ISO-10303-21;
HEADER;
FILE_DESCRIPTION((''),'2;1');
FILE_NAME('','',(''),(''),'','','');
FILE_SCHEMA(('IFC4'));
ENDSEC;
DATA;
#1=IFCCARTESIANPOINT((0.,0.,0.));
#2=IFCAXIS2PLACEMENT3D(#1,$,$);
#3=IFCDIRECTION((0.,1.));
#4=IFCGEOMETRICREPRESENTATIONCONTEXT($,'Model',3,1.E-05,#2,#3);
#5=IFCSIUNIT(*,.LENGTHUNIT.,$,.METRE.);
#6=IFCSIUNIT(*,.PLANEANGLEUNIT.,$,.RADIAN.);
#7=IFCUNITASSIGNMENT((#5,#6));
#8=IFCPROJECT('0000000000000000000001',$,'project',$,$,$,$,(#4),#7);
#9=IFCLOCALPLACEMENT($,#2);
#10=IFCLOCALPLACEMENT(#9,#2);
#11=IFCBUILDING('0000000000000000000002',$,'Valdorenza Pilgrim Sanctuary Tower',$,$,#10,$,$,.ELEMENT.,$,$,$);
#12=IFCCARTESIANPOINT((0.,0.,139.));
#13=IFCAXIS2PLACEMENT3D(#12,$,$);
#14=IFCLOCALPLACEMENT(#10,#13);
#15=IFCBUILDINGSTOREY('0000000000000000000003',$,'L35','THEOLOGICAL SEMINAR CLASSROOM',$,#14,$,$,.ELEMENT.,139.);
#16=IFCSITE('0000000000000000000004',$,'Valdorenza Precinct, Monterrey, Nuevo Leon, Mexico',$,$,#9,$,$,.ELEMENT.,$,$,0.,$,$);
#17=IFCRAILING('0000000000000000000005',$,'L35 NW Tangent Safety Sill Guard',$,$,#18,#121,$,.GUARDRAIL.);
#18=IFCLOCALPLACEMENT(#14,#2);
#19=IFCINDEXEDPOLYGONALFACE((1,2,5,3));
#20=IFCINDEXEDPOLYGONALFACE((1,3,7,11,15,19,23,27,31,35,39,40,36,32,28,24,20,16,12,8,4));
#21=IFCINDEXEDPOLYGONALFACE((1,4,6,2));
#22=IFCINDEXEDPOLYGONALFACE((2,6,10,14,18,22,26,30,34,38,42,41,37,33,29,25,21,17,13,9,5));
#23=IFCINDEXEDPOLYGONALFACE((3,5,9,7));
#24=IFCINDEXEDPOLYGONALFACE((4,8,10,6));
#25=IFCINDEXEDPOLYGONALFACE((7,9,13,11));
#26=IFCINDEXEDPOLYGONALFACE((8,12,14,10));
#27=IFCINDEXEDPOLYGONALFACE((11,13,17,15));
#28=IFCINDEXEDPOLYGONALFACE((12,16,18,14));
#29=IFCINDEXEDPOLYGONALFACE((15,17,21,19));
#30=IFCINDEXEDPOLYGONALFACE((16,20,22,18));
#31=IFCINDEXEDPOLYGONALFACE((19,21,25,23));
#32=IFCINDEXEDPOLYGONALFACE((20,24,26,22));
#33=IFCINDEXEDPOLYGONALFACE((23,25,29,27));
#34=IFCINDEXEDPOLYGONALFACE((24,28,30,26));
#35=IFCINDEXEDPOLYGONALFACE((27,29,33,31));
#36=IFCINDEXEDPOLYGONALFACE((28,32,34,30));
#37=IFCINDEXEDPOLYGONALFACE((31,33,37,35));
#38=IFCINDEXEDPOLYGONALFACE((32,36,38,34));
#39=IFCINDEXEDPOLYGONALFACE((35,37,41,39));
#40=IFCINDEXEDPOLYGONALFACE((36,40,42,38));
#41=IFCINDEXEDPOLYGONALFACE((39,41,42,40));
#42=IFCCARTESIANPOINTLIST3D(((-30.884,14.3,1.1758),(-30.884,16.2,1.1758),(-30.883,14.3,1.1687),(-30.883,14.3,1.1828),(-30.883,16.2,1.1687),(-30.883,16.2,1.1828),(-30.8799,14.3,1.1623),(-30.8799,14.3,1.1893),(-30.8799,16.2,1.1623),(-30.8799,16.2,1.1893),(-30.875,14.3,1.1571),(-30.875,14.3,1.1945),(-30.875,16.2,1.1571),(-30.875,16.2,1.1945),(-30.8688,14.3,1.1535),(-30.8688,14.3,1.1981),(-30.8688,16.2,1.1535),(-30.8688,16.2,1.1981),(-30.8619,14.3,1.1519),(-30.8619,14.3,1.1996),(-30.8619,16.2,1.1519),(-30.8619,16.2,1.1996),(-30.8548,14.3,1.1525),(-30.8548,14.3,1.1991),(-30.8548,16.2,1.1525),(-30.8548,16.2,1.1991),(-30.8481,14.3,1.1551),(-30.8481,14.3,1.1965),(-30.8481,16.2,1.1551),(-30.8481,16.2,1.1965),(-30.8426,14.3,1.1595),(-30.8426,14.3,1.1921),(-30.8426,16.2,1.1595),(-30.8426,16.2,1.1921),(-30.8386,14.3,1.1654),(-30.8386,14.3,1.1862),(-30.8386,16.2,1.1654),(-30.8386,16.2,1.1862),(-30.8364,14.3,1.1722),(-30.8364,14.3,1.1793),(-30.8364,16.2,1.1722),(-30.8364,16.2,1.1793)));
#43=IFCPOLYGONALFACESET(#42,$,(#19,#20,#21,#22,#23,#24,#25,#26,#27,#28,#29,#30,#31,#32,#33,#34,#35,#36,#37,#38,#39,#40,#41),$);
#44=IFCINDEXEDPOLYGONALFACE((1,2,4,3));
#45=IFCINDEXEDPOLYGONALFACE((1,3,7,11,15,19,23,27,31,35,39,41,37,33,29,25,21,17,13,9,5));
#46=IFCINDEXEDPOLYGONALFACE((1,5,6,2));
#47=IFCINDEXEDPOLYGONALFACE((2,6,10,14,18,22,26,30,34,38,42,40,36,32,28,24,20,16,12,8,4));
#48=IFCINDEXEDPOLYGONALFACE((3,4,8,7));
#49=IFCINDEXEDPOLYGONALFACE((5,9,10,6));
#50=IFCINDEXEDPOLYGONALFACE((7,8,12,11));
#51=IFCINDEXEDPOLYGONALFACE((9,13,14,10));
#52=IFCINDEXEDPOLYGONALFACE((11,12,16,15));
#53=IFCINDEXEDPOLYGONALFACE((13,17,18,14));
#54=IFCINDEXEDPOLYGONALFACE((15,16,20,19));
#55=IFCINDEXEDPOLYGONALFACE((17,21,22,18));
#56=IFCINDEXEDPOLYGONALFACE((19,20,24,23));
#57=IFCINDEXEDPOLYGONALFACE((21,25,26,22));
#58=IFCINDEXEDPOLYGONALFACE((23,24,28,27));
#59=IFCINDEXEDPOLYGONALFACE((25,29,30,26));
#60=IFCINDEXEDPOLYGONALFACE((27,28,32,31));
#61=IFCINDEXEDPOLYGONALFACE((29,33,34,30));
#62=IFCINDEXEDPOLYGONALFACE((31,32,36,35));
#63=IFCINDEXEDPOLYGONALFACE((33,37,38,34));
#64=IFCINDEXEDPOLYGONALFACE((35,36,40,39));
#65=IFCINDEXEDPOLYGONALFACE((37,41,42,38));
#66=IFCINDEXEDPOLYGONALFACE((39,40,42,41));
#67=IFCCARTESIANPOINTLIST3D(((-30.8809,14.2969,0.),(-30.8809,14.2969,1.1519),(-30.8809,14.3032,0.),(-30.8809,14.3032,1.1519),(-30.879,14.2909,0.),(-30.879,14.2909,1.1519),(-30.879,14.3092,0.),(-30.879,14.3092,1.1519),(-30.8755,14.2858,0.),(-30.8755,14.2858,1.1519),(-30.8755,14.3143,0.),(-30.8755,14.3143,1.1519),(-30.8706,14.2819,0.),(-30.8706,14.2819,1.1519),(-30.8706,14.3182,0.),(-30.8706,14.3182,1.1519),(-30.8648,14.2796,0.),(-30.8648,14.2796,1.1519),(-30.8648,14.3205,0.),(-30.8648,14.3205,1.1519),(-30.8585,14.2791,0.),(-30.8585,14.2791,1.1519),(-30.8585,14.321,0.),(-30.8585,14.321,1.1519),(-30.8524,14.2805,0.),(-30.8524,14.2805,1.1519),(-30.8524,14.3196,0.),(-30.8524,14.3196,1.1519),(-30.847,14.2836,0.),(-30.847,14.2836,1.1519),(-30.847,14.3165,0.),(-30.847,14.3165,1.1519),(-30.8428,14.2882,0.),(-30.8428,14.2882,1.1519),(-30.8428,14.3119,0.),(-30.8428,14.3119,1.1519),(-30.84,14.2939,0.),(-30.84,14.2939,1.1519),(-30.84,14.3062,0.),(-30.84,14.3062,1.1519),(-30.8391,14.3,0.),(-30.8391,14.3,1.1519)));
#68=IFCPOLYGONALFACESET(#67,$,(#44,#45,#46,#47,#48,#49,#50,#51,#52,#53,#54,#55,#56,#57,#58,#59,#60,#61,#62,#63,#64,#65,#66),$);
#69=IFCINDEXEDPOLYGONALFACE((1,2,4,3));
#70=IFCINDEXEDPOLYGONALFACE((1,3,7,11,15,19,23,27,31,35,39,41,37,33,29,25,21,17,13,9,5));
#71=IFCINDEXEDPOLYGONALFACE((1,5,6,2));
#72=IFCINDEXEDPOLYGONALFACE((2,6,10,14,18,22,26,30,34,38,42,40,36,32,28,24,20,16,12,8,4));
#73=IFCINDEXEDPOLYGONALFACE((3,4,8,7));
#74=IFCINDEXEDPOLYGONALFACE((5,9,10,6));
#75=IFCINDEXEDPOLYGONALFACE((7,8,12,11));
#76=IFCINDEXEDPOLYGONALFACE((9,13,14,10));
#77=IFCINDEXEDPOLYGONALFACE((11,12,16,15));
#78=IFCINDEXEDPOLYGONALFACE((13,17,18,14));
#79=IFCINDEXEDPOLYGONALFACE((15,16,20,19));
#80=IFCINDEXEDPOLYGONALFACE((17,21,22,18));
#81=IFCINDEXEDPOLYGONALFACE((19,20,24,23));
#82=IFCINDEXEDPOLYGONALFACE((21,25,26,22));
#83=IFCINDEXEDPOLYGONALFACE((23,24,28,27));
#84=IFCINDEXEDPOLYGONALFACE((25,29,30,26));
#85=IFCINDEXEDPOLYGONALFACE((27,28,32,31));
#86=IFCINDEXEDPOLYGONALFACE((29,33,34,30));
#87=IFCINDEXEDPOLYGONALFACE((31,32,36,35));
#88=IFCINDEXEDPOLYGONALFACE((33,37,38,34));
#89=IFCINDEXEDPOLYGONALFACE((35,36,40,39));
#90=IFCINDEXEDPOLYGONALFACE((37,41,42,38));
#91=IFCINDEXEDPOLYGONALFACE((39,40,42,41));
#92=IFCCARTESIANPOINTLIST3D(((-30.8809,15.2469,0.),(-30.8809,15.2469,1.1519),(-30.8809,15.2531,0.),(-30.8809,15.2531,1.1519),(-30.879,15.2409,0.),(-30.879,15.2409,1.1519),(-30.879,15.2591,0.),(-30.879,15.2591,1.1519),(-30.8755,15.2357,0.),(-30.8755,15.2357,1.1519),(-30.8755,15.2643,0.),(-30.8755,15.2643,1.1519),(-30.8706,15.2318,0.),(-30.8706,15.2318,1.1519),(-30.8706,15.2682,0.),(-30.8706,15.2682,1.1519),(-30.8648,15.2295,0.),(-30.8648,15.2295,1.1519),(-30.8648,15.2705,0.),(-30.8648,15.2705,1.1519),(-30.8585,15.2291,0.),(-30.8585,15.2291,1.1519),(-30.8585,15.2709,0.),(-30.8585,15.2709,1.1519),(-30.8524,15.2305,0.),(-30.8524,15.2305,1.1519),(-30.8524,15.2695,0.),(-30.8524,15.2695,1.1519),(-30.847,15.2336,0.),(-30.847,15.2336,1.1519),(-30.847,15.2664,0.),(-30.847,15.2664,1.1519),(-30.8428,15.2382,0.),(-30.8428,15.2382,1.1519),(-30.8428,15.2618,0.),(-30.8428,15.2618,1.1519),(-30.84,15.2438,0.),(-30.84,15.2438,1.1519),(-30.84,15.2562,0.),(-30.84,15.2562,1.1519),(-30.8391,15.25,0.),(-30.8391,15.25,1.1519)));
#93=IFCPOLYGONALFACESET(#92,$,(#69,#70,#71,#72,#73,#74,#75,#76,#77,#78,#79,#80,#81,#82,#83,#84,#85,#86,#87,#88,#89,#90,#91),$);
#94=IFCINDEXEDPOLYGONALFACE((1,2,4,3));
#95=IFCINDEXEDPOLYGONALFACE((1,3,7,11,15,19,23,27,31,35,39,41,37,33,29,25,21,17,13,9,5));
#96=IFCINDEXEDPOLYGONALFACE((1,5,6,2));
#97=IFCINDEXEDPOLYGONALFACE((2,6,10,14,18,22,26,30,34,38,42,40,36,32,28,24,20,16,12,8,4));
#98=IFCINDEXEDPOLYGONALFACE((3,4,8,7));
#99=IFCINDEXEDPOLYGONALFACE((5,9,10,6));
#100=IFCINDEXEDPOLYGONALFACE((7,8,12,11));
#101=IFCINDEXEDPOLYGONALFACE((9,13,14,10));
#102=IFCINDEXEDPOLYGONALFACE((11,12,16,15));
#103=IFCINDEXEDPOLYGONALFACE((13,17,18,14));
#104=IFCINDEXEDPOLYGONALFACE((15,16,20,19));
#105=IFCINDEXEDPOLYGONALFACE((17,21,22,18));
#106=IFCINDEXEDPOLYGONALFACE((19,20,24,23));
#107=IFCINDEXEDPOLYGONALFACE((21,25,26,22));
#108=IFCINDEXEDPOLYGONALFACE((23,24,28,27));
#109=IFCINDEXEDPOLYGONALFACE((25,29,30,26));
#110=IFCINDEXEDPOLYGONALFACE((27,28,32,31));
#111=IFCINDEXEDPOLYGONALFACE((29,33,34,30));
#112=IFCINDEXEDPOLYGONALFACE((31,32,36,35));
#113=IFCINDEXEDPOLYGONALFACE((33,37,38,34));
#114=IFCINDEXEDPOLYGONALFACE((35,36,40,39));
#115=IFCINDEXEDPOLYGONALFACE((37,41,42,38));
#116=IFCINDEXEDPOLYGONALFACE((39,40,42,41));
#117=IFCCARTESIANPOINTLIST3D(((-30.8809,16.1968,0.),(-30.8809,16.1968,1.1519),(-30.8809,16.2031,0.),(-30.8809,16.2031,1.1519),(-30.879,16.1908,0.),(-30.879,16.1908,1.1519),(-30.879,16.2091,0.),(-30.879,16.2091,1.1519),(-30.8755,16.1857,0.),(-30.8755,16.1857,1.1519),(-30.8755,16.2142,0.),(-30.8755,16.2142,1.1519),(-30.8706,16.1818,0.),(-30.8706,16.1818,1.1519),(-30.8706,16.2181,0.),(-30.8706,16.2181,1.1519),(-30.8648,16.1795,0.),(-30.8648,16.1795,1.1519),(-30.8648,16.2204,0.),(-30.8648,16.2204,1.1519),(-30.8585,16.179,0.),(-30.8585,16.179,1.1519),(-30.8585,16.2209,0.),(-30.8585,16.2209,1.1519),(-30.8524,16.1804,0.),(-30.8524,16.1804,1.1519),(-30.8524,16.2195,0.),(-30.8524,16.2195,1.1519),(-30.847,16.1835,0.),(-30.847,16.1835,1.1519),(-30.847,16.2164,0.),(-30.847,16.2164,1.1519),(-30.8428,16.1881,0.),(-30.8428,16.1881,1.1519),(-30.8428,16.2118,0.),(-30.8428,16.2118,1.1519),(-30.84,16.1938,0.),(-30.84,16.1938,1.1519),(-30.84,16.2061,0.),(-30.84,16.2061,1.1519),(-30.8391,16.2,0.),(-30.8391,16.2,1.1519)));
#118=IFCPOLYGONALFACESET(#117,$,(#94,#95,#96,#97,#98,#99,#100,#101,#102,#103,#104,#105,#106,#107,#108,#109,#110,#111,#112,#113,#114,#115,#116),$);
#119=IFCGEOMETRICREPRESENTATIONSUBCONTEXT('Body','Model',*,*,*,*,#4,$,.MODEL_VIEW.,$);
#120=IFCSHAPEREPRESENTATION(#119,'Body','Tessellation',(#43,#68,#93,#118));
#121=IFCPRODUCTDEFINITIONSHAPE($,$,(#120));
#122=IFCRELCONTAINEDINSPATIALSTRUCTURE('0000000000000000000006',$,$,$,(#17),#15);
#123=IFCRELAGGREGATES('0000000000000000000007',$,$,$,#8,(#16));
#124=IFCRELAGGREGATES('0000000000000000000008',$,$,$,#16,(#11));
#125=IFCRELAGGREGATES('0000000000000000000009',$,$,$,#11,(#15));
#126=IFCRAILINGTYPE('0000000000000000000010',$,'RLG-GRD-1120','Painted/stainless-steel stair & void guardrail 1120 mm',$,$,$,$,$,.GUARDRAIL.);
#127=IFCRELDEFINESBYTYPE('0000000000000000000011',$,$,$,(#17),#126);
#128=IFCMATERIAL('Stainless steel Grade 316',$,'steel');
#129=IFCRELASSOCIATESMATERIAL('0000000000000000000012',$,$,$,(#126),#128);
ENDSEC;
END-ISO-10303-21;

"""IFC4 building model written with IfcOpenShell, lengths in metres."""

from ifc_helpers import new_model, si_unit, direction, frame, origin, origin_2d, place, context, subcontext, project, spatial, circle, extrude, material, type_object, element, save


model = new_model("IFC4")

# Units and contexts
model_context = context("Model", 3, precision=1e-05, world=origin(), true_north=direction((0.0, 1.0)))
body_context = subcontext(model_context, "Body", "Model", "MODEL_VIEW")
ifc_project = project(units=[si_unit("LENGTHUNIT", "METRE"), si_unit("PLANEANGLEUNIT", "RADIAN")], contexts=[model_context])

# Site, building, storey
site_placement = place(None, origin())
site = spatial("IfcSite", under=ifc_project, at=site_placement, Name="Valdorenza Precinct, Monterrey, Nuevo Leon, Mexico", CompositionType="ELEMENT", RefElevation=0.0)
building_placement = place(site_placement, origin())
building = spatial("IfcBuilding", under=site, at=building_placement, Name="Valdorenza Pilgrim Sanctuary Tower", CompositionType="ELEMENT")
storey_placement = place(building_placement, frame((0.0, 0.0, 139.0)))
storey = spatial("IfcBuildingStorey", under=building, at=storey_placement, Name="L35", Description="THEOLOGICAL SEMINAR CLASSROOM", CompositionType="ELEMENT", Elevation=139.0)

# Railing
ifc_material_1 = material(Name="Stainless steel Grade 316", Category="steel")
railing_type = type_object("IfcRailingType", Name="RLG-GRD-1120", Description="Painted/stainless-steel stair & void guardrail 1120 mm", PredefinedType="GUARDRAIL", material=ifc_material_1)
railing_placement = place(storey_placement, frame((-30.8601, 14.3, 0.0)))
element("IfcRailing", 1, at=railing_placement, inside=storey, type_object=railing_type, Name="L35 NW Tangent Safety Sill Guard", PredefinedType="GUARDRAIL", context=body_context, shape_type="SweptSolid", body=[
    extrude(circle(Radius=0.0239, at=origin_2d()), frame((0.0, 0.0, 1.1758), z_axis=(0.0, 1.0, 0.0), x_axis=(-1.0, 0.0, 0.0)), (0.0, 0.0, 1.0), 1.8999),
    extrude(circle(Radius=0.021, at=origin_2d()), origin(), (0.0, 0.0, 1.0), 1.1519),
    extrude(circle(Radius=0.021, at=origin_2d()), frame((0.0, 0.95, 0.0)), (0.0, 0.0, 1.0), 1.1519),
    extrude(circle(Radius=0.021, at=origin_2d()), frame((0.0, 1.8999, 0.0)), (0.0, 0.0, 1.0), 1.1519),
])

save(model, "model.ifc")
